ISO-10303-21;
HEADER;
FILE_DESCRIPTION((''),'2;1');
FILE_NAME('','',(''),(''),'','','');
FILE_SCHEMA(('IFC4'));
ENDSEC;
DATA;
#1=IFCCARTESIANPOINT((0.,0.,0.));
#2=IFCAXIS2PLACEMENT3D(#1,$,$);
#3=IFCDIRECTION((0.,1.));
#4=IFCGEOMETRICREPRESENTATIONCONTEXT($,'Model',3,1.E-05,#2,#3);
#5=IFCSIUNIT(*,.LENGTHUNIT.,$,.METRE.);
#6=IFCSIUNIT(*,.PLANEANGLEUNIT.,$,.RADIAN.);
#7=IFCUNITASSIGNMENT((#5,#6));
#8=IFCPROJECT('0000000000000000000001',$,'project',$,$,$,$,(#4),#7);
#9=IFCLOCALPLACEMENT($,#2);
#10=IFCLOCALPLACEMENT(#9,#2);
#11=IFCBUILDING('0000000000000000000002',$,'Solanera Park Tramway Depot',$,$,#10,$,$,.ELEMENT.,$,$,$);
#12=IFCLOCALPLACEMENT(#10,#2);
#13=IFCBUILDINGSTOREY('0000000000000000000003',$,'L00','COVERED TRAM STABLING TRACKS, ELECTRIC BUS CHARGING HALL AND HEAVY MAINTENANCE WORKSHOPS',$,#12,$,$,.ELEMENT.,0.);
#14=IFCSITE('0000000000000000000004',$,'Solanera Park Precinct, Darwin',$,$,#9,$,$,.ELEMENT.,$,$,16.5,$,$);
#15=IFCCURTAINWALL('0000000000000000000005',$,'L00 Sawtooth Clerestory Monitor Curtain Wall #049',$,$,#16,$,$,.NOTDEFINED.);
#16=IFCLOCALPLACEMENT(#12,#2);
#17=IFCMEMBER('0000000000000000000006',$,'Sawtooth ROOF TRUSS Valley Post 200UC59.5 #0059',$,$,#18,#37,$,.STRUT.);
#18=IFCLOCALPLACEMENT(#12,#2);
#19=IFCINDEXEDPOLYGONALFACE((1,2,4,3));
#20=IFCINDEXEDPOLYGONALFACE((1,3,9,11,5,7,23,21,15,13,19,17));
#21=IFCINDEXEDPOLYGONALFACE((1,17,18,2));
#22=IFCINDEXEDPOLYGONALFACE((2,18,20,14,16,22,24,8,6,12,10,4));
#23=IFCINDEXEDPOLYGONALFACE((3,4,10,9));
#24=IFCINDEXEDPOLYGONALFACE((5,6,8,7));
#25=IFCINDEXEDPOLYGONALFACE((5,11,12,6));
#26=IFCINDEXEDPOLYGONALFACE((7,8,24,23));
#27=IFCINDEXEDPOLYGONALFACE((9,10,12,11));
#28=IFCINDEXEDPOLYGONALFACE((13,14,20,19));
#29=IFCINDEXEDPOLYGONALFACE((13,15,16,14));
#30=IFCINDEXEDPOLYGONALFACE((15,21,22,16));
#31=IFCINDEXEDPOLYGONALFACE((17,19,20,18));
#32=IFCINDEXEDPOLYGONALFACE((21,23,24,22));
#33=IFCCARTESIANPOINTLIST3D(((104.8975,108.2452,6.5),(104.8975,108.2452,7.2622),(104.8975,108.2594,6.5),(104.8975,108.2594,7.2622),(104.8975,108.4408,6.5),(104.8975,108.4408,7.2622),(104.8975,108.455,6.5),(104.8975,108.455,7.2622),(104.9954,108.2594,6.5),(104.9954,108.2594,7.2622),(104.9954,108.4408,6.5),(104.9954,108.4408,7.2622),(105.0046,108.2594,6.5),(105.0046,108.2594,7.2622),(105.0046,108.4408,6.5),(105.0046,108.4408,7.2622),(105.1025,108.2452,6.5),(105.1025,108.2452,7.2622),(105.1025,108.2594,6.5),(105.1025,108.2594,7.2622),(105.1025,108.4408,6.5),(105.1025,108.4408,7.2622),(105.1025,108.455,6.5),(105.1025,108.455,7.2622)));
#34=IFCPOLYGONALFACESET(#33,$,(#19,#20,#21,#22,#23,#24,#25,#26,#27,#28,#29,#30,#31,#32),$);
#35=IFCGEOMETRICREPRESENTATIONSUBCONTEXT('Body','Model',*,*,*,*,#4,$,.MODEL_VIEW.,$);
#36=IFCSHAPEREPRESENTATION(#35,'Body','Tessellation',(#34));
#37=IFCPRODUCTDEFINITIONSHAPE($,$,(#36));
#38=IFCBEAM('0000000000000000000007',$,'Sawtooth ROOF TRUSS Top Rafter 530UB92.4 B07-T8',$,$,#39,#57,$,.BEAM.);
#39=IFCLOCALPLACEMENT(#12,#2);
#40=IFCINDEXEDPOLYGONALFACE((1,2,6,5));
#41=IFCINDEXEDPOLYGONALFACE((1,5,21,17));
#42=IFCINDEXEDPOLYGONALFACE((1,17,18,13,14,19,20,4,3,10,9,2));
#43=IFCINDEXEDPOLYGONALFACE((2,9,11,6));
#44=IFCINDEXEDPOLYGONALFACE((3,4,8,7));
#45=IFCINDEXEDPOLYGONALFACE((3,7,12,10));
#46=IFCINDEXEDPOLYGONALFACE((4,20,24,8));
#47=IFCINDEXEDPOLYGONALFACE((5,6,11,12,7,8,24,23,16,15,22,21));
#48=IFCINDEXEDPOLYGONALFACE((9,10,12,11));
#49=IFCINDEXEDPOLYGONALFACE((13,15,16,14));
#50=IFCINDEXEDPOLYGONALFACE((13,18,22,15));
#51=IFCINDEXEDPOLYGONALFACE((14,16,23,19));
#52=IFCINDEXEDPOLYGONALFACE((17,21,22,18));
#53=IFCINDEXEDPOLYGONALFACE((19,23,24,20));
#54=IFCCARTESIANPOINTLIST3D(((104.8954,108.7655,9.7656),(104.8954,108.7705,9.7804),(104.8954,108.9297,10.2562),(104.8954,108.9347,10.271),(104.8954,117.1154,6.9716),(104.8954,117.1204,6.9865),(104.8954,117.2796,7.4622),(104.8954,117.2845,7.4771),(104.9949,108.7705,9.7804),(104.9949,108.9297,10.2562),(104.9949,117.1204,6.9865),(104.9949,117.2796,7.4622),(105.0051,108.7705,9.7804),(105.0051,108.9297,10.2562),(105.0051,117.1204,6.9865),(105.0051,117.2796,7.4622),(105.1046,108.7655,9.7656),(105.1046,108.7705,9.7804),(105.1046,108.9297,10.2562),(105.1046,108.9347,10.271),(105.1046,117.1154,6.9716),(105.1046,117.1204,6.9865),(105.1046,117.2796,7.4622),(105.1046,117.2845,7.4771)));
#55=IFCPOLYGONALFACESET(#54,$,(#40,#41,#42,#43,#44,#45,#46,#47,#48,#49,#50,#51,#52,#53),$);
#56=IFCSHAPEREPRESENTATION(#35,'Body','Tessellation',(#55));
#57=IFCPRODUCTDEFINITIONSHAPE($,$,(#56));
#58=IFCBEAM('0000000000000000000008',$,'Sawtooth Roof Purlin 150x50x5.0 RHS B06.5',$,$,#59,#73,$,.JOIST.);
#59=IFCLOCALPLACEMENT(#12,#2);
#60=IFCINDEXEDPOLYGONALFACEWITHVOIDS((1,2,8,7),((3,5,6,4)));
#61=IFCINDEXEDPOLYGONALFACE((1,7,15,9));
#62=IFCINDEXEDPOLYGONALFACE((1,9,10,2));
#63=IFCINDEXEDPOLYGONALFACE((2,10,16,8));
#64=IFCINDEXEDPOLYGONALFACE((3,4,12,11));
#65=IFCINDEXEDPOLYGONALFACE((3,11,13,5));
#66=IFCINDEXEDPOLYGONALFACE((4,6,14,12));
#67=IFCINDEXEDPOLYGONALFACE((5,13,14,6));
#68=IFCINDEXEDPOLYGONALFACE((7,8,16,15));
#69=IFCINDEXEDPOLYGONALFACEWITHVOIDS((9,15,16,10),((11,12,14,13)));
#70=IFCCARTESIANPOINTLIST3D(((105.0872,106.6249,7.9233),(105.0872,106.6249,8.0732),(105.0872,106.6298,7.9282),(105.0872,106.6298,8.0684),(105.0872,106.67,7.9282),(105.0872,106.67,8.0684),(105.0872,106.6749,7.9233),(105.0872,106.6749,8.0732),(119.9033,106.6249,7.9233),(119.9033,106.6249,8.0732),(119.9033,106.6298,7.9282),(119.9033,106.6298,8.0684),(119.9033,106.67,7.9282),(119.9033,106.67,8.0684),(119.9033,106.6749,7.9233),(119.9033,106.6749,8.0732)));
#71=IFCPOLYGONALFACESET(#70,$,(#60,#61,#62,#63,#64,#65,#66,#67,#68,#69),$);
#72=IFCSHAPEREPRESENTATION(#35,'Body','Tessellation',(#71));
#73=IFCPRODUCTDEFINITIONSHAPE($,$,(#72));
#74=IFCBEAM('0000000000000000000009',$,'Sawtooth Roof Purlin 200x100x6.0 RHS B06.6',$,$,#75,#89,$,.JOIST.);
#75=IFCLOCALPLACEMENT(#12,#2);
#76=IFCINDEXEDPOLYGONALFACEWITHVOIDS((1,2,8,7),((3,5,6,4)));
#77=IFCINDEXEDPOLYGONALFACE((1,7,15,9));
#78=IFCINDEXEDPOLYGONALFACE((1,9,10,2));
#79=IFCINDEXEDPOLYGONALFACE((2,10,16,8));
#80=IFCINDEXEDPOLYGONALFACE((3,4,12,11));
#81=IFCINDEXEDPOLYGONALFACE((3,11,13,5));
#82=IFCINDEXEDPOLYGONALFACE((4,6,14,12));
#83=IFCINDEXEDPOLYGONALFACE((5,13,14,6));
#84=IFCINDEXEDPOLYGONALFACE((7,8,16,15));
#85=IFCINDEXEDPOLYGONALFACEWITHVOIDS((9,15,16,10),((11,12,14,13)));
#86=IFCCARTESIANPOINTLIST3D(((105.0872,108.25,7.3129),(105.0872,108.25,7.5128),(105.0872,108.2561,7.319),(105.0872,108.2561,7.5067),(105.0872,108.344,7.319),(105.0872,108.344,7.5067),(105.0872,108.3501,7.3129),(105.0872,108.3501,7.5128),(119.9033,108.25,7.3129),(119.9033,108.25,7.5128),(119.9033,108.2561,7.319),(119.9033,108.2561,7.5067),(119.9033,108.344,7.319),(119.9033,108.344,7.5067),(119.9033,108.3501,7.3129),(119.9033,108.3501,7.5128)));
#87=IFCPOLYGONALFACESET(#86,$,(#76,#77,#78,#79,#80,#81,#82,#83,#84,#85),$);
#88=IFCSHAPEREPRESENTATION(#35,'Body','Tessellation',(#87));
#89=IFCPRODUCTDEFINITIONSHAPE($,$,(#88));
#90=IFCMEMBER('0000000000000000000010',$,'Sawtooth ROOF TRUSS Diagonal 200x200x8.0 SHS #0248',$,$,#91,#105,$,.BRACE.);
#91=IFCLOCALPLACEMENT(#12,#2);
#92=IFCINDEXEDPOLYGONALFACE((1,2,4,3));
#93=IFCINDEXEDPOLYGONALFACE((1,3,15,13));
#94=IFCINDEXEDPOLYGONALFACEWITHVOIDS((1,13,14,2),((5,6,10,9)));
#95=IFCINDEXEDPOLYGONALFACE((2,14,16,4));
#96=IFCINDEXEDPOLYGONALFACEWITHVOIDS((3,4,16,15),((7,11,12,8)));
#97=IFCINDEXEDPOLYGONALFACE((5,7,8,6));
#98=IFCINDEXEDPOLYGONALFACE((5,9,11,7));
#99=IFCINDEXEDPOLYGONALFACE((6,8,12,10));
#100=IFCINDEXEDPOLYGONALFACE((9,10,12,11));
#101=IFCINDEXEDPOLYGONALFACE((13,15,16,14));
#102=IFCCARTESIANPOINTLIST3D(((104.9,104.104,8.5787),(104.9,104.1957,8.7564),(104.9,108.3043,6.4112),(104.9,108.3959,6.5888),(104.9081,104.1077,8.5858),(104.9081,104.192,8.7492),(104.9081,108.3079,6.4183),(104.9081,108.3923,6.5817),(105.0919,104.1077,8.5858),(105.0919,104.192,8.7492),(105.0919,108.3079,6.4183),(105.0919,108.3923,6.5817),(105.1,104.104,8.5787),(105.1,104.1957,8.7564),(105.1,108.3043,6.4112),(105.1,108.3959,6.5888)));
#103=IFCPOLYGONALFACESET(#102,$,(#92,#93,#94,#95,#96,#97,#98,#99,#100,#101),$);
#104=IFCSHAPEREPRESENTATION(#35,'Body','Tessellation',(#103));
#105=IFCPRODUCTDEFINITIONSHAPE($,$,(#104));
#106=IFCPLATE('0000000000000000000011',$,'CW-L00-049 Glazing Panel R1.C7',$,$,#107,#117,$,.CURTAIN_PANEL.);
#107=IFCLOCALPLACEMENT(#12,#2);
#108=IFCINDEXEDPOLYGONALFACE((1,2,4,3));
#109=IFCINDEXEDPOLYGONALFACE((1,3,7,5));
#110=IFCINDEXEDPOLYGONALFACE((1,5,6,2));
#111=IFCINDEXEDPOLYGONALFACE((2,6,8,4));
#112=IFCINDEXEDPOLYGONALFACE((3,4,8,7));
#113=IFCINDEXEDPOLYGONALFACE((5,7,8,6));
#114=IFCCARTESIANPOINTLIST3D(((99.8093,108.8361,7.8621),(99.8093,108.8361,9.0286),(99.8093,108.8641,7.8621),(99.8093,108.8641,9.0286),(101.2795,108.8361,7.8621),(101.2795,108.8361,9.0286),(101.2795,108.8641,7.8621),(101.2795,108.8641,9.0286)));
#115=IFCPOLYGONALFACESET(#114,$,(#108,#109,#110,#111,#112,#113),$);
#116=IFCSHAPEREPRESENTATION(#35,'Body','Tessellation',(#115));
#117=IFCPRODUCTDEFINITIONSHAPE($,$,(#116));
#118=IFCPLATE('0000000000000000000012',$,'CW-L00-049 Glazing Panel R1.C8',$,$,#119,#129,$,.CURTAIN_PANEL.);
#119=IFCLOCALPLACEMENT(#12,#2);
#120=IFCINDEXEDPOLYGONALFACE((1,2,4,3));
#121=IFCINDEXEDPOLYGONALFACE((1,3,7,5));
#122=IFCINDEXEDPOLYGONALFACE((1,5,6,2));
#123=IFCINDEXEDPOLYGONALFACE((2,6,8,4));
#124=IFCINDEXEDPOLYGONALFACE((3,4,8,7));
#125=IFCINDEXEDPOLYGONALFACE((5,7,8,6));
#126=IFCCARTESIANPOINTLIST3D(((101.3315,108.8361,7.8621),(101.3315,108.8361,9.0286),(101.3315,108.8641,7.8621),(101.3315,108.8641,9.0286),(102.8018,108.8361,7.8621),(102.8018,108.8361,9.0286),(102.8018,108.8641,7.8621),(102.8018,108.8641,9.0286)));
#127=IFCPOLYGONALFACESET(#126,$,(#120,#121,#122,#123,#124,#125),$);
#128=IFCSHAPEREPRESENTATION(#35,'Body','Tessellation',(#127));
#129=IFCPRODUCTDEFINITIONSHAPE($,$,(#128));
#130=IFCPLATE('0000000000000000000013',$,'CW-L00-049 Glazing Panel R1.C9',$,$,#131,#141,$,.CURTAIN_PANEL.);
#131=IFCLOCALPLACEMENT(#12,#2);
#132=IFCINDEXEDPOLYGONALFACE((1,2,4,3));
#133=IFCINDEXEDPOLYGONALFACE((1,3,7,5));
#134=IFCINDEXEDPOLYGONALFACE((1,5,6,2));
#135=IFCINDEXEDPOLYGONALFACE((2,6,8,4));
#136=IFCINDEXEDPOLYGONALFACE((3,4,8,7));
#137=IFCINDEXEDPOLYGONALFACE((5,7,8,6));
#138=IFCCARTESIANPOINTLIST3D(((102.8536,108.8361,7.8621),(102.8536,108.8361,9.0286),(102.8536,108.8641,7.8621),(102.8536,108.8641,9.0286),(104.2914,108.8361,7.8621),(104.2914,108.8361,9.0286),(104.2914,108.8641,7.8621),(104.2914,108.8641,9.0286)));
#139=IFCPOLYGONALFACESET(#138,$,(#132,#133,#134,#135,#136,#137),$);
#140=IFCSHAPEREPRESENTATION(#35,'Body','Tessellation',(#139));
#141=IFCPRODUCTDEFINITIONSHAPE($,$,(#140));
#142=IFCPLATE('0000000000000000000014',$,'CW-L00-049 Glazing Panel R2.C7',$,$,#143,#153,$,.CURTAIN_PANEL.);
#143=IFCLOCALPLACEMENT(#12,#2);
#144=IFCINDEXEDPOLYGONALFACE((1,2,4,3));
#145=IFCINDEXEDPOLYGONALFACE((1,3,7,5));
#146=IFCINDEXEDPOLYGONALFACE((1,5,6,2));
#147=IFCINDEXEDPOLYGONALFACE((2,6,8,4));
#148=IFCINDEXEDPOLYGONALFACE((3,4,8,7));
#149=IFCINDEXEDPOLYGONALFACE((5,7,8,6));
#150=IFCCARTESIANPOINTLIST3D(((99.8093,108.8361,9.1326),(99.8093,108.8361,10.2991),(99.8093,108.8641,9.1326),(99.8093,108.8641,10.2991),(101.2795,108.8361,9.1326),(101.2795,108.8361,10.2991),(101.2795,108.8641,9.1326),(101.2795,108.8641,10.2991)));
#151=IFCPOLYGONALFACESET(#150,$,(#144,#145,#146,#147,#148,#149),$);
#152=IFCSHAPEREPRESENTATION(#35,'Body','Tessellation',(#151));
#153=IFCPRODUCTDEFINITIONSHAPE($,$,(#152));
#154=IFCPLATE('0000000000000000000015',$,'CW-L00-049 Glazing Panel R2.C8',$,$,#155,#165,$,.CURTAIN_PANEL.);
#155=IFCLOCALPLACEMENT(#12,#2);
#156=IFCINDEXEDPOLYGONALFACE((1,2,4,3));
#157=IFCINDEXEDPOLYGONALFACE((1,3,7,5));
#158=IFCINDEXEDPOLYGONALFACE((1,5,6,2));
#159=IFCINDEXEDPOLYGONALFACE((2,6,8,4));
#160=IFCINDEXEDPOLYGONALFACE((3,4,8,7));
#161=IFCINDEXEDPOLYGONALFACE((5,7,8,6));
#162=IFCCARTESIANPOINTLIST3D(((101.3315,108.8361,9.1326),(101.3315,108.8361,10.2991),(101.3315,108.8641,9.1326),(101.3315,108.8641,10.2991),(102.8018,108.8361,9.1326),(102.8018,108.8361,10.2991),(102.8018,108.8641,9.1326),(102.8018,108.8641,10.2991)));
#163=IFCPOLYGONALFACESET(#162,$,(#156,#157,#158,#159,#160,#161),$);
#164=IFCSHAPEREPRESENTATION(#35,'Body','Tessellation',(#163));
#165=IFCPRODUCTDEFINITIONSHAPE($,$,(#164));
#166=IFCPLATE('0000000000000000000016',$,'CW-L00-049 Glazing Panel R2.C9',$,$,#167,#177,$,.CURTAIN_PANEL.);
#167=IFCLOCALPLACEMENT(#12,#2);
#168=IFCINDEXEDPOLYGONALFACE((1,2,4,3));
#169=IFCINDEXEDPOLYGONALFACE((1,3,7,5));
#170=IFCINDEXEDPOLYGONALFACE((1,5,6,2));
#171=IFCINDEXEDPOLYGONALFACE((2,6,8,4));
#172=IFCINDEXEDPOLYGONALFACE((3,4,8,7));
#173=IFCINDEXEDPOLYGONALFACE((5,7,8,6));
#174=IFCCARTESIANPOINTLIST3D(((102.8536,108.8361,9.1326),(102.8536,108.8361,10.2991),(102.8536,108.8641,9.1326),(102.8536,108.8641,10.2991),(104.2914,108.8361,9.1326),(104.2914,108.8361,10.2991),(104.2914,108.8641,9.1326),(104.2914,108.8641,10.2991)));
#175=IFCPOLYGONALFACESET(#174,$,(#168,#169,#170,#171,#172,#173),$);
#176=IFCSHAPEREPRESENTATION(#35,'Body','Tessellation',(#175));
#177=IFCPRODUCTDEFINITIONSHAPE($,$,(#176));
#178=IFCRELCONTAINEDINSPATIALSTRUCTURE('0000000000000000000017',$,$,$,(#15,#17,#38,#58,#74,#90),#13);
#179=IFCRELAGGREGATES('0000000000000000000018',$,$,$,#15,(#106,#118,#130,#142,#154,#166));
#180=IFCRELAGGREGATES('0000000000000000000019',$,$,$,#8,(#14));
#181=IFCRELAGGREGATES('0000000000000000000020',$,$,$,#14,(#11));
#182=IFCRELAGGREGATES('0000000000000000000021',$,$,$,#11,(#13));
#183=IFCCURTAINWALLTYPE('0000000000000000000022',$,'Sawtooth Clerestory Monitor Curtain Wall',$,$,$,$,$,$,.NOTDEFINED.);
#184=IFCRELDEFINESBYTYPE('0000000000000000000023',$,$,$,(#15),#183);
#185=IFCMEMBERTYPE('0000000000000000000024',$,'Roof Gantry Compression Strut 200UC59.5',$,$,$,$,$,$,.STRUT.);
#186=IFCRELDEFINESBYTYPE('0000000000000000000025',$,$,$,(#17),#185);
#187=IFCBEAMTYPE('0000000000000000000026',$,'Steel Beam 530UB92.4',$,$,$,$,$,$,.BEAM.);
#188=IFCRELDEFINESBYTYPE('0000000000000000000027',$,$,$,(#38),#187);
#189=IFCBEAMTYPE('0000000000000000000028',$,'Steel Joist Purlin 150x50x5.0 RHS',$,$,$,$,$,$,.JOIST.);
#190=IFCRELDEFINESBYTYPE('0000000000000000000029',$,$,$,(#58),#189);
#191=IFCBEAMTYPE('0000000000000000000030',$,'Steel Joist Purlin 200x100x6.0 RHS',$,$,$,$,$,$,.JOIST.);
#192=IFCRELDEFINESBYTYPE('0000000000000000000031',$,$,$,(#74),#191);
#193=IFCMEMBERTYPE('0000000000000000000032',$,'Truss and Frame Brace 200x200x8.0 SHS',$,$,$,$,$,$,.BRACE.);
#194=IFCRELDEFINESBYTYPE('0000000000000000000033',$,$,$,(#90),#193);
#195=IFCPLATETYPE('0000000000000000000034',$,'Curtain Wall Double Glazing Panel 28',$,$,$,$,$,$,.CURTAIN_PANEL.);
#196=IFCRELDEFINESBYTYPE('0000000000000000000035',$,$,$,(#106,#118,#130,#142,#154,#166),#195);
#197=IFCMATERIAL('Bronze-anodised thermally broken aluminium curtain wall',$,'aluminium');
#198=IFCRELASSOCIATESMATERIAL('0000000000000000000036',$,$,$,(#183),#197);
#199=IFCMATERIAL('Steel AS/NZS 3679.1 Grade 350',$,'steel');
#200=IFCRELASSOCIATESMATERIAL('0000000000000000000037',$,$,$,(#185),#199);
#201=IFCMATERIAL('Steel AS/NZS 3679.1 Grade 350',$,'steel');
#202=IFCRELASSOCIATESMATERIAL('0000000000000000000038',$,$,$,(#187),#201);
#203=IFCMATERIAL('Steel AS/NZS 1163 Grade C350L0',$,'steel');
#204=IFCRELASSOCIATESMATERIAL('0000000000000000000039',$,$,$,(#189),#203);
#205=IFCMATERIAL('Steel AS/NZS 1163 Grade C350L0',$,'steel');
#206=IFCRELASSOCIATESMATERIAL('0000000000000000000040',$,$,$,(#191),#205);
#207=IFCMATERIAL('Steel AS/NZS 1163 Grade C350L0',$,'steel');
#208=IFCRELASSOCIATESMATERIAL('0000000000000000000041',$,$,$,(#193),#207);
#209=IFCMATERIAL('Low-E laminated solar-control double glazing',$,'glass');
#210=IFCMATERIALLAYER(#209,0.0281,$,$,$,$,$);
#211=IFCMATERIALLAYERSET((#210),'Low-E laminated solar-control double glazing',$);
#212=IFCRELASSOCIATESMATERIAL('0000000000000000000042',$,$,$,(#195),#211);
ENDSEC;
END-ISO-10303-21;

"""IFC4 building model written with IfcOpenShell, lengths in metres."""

from ifc_helpers import new_model, si_unit, direction, frame, origin, origin_2d, place, context, subcontext, project, spatial, rectangle, hollow_rectangle, i_section, extrude, material, layer, layer_set, material_profile, profile_set, type_object, element, aggregate, save


model = new_model("IFC4")

# Units and contexts
model_context = context("Model", 3, precision=1e-05, world=origin(), true_north=direction((0.0, 1.0)))
body_context = subcontext(model_context, "Body", "Model", "MODEL_VIEW")
ifc_project = project(units=[si_unit("LENGTHUNIT", "METRE"), si_unit("PLANEANGLEUNIT", "RADIAN")], contexts=[model_context])

# Site, building, storey
site_placement = place(None, origin())
site = spatial("IfcSite", under=ifc_project, at=site_placement, Name="Solanera Park Precinct, Darwin", CompositionType="ELEMENT", RefElevation=16.5)
building_placement = place(site_placement, origin())
building = spatial("IfcBuilding", under=site, at=building_placement, Name="Solanera Park Tramway Depot", CompositionType="ELEMENT")
storey_placement = place(building_placement, origin())
storey = spatial("IfcBuildingStorey", under=building, at=storey_placement, Name="L00", Description="COVERED TRAM STABLING TRACKS, ELECTRIC BUS CHARGING HALL AND HEAVY MAINTENANCE WORKSHOPS", CompositionType="ELEMENT", Elevation=0.0)

# Curtain wall
ifc_material_1 = material(Name="Bronze-anodised thermally broken aluminium curtain wall", Category="aluminium")
curtain_wall_type = type_object("IfcCurtainWallType", Name="Sawtooth Clerestory Monitor Curtain Wall", PredefinedType="NOTDEFINED", material=ifc_material_1)
curtain_wall_1_placement = place(storey_placement, origin())
curtain_wall_1 = element("IfcCurtainWall", 1, at=curtain_wall_1_placement, inside=storey, type_object=curtain_wall_type, Name="L00 Sawtooth Clerestory Monitor Curtain Wall #049", PredefinedType="NOTDEFINED")

# Member
ifc_material_2 = material(Name="Steel AS/NZS 3679.1 Grade 350", Category="steel")
ifc_material_profile_1 = material_profile(ifc_material_2, i_section(OverallWidth=0.2051, OverallDepth=0.2097, WebThickness=0.0093, FlangeThickness=0.0142, at=origin_2d()), Name="200UC59.5")
ifc_profile_set_1 = profile_set([ifc_material_profile_1], Name="Steel AS/NZS 3679.1 Grade 350")
member_type_1 = type_object("IfcMemberType", Name="Roof Gantry Compression Strut 200UC59.5", PredefinedType="STRUT", material=ifc_profile_set_1)
member_1_placement = place(storey_placement, frame((105.0, 108.3501, 6.5), z_axis=(0.0, 0.0, 1.0), x_axis=(1.0, 0.0, 0.0)))
element("IfcMember", 2, at=member_1_placement, inside=storey, type_object=member_type_1, Name="Sawtooth ROOF TRUSS Valley Post 200UC59.5 #0059", PredefinedType="STRUT", context=body_context, shape_type="SweptSolid", body=[
    extrude(i_section(OverallWidth=0.2051, OverallDepth=0.2097, WebThickness=0.0093, FlangeThickness=0.0142, at=origin_2d()), origin(), (0.0, 0.0, 1.0), 0.7622),
])

# Beams
ifc_material_3 = material(Name="Steel AS/NZS 3679.1 Grade 350", Category="steel")
ifc_material_profile_2 = material_profile(ifc_material_3, i_section(OverallWidth=0.2092, OverallDepth=0.533, WebThickness=0.0103, FlangeThickness=0.0156, at=origin_2d()), Name="530UB92.4")
ifc_profile_set_2 = profile_set([ifc_material_profile_2], Name="Steel AS/NZS 3679.1 Grade 350")
beam_type_1 = type_object("IfcBeamType", Name="Steel Beam 530UB92.4", PredefinedType="BEAM", material=ifc_profile_set_2)
beam_1_placement = place(storey_placement, frame((105.0, 108.8501, 10.0183), z_axis=(0.0, 0.948319, -0.317317), x_axis=(-1.0, 0.0, 0.0)))
element("IfcBeam", 3, at=beam_1_placement, inside=storey, type_object=beam_type_1, Name="Sawtooth ROOF TRUSS Top Rafter 530UB92.4 B07-T8", PredefinedType="BEAM", context=body_context, shape_type="SweptSolid", body=[
    extrude(i_section(OverallWidth=0.2092, OverallDepth=0.533, WebThickness=0.0103, FlangeThickness=0.0156, at=origin_2d()), origin(), (0.0, 0.0, 1.0), 8.8049),
])
ifc_material_4 = material(Name="Steel AS/NZS 1163 Grade C350L0", Category="steel")
ifc_material_profile_3 = material_profile(ifc_material_4, hollow_rectangle(XDim=0.05, YDim=0.1499, WallThickness=0.0049, at=origin_2d()), Name="150x50x5.0 RHS")
ifc_profile_set_3 = profile_set([ifc_material_profile_3], Name="Steel AS/NZS 1163 Grade C350L0")
beam_type_2 = type_object("IfcBeamType", Name="Steel Joist Purlin 150x50x5.0 RHS", PredefinedType="JOIST", material=ifc_profile_set_3)
beam_2_placement = place(storey_placement, frame((105.0872, 106.6499, 7.9983), z_axis=(1.0, 0.0, 0.0), x_axis=(0.0, 1.0, 0.0)))
element("IfcBeam", 4, at=beam_2_placement, inside=storey, type_object=beam_type_2, Name="Sawtooth Roof Purlin 150x50x5.0 RHS B06.5", PredefinedType="JOIST", context=body_context, shape_type="SweptSolid", body=[
    extrude(hollow_rectangle(XDim=0.05, YDim=0.1499, WallThickness=0.0049, at=origin_2d()), origin(), (0.0, 0.0, 1.0), 14.8162),
])
ifc_material_5 = material(Name="Steel AS/NZS 1163 Grade C350L0", Category="steel")
ifc_material_profile_4 = material_profile(ifc_material_5, hollow_rectangle(XDim=0.1001, YDim=0.2, WallThickness=0.0061, at=origin_2d()), Name="200x100x6.0 RHS")
ifc_profile_set_4 = profile_set([ifc_material_profile_4], Name="Steel AS/NZS 1163 Grade C350L0")
beam_type_3 = type_object("IfcBeamType", Name="Steel Joist Purlin 200x100x6.0 RHS", PredefinedType="JOIST", material=ifc_profile_set_4)
beam_3_placement = place(storey_placement, frame((105.0872, 108.3, 7.4128), z_axis=(1.0, 0.0, 0.0), x_axis=(0.0, 1.0, 0.0)))
element("IfcBeam", 5, at=beam_3_placement, inside=storey, type_object=beam_type_3, Name="Sawtooth Roof Purlin 200x100x6.0 RHS B06.6", PredefinedType="JOIST", context=body_context, shape_type="SweptSolid", body=[
    extrude(hollow_rectangle(XDim=0.1001, YDim=0.2, WallThickness=0.0061, at=origin_2d()), origin(), (0.0, 0.0, 1.0), 14.8162),
])

# Member
ifc_material_6 = material(Name="Steel AS/NZS 1163 Grade C350L0", Category="steel")
ifc_material_profile_5 = material_profile(ifc_material_6, hollow_rectangle(XDim=0.2, YDim=0.2, WallThickness=0.0081, at=origin_2d()), Name="200x200x8.0 SHS")
ifc_profile_set_5 = profile_set([ifc_material_profile_5], Name="Steel AS/NZS 1163 Grade C350L0")
member_type_2 = type_object("IfcMemberType", Name="Truss and Frame Brace 200x200x8.0 SHS", PredefinedType="BRACE", material=ifc_profile_set_5)
member_2_placement = place(storey_placement, frame((105.0, 108.3501, 6.5), z_axis=(0.0, -0.888652, 0.458582), x_axis=(1.0, 0.0, 0.0)))
element("IfcMember", 6, at=member_2_placement, inside=storey, type_object=member_type_2, Name="Sawtooth ROOF TRUSS Diagonal 200x200x8.0 SHS #0248", PredefinedType="BRACE", context=body_context, shape_type="SweptSolid", body=[
    extrude(hollow_rectangle(XDim=0.2, YDim=0.2, WallThickness=0.0081, at=origin_2d()), origin(), (0.0, 0.0, 1.0), 4.7266),
])

# Plates
ifc_material_7 = material(Name="Low-E laminated solar-control double glazing", Category="glass")
ifc_layer_1 = layer(ifc_material_7, 0.0281)
ifc_layer_set_1 = layer_set([ifc_layer_1], Name="Low-E laminated solar-control double glazing")
plate_type_1 = type_object("IfcPlateType", Name="Curtain Wall Double Glazing Panel 28", PredefinedType="CURTAIN_PANEL", material=ifc_layer_set_1)
plate_1_placement = place(storey_placement, frame((100.5444, 108.8501, 7.8621), z_axis=(0.0, 0.0, 1.0), x_axis=(1.0, 0.0, 0.0)))
plate_1 = element("IfcPlate", 7, at=plate_1_placement, type_object=plate_type_1, Name="CW-L00-049 Glazing Panel R1.C7", PredefinedType="CURTAIN_PANEL", context=body_context, shape_type="SweptSolid", body=[
    extrude(rectangle(XDim=1.4702, YDim=0.0281, at=origin_2d()), origin(), (0.0, 0.0, 1.0), 1.1665),
])
plate_2_placement = place(storey_placement, frame((102.0667, 108.8501, 7.8621), z_axis=(0.0, 0.0, 1.0), x_axis=(1.0, 0.0, 0.0)))
plate_2 = element("IfcPlate", 8, at=plate_2_placement, type_object=plate_type_1, Name="CW-L00-049 Glazing Panel R1.C8", PredefinedType="CURTAIN_PANEL", context=body_context, shape_type="SweptSolid", body=[
    extrude(rectangle(XDim=1.4702, YDim=0.0281, at=origin_2d()), origin(), (0.0, 0.0, 1.0), 1.1665),
])
plate_3_placement = place(storey_placement, frame((103.5725, 108.8501, 7.8621), z_axis=(0.0, 0.0, 1.0), x_axis=(1.0, 0.0, 0.0)))
plate_3 = element("IfcPlate", 9, at=plate_3_placement, type_object=plate_type_1, Name="CW-L00-049 Glazing Panel R1.C9", PredefinedType="CURTAIN_PANEL", context=body_context, shape_type="SweptSolid", body=[
    extrude(rectangle(XDim=1.4377, YDim=0.0281, at=origin_2d()), origin(), (0.0, 0.0, 1.0), 1.1665),
])
plate_4_placement = place(storey_placement, frame((100.5444, 108.8501, 9.1326), z_axis=(0.0, 0.0, 1.0), x_axis=(1.0, 0.0, 0.0)))
plate_4 = element("IfcPlate", 10, at=plate_4_placement, type_object=plate_type_1, Name="CW-L00-049 Glazing Panel R2.C7", PredefinedType="CURTAIN_PANEL", context=body_context, shape_type="SweptSolid", body=[
    extrude(rectangle(XDim=1.4702, YDim=0.0281, at=origin_2d()), origin(), (0.0, 0.0, 1.0), 1.1665),
])
plate_5_placement = place(storey_placement, frame((102.0667, 108.8501, 9.1326), z_axis=(0.0, 0.0, 1.0), x_axis=(1.0, 0.0, 0.0)))
plate_5 = element("IfcPlate", 11, at=plate_5_placement, type_object=plate_type_1, Name="CW-L00-049 Glazing Panel R2.C8", PredefinedType="CURTAIN_PANEL", context=body_context, shape_type="SweptSolid", body=[
    extrude(rectangle(XDim=1.4702, YDim=0.0281, at=origin_2d()), origin(), (0.0, 0.0, 1.0), 1.1665),
])
plate_6_placement = place(storey_placement, frame((103.5725, 108.8501, 9.1326), z_axis=(0.0, 0.0, 1.0), x_axis=(1.0, 0.0, 0.0)))
plate_6 = element("IfcPlate", 12, at=plate_6_placement, type_object=plate_type_1, Name="CW-L00-049 Glazing Panel R2.C9", PredefinedType="CURTAIN_PANEL", context=body_context, shape_type="SweptSolid", body=[
    extrude(rectangle(XDim=1.4377, YDim=0.0281, at=origin_2d()), origin(), (0.0, 0.0, 1.0), 1.1665),
])
aggregate(curtain_wall_1, [plate_1, plate_2, plate_3, plate_4, plate_5, plate_6])

save(model, "model.ifc")
